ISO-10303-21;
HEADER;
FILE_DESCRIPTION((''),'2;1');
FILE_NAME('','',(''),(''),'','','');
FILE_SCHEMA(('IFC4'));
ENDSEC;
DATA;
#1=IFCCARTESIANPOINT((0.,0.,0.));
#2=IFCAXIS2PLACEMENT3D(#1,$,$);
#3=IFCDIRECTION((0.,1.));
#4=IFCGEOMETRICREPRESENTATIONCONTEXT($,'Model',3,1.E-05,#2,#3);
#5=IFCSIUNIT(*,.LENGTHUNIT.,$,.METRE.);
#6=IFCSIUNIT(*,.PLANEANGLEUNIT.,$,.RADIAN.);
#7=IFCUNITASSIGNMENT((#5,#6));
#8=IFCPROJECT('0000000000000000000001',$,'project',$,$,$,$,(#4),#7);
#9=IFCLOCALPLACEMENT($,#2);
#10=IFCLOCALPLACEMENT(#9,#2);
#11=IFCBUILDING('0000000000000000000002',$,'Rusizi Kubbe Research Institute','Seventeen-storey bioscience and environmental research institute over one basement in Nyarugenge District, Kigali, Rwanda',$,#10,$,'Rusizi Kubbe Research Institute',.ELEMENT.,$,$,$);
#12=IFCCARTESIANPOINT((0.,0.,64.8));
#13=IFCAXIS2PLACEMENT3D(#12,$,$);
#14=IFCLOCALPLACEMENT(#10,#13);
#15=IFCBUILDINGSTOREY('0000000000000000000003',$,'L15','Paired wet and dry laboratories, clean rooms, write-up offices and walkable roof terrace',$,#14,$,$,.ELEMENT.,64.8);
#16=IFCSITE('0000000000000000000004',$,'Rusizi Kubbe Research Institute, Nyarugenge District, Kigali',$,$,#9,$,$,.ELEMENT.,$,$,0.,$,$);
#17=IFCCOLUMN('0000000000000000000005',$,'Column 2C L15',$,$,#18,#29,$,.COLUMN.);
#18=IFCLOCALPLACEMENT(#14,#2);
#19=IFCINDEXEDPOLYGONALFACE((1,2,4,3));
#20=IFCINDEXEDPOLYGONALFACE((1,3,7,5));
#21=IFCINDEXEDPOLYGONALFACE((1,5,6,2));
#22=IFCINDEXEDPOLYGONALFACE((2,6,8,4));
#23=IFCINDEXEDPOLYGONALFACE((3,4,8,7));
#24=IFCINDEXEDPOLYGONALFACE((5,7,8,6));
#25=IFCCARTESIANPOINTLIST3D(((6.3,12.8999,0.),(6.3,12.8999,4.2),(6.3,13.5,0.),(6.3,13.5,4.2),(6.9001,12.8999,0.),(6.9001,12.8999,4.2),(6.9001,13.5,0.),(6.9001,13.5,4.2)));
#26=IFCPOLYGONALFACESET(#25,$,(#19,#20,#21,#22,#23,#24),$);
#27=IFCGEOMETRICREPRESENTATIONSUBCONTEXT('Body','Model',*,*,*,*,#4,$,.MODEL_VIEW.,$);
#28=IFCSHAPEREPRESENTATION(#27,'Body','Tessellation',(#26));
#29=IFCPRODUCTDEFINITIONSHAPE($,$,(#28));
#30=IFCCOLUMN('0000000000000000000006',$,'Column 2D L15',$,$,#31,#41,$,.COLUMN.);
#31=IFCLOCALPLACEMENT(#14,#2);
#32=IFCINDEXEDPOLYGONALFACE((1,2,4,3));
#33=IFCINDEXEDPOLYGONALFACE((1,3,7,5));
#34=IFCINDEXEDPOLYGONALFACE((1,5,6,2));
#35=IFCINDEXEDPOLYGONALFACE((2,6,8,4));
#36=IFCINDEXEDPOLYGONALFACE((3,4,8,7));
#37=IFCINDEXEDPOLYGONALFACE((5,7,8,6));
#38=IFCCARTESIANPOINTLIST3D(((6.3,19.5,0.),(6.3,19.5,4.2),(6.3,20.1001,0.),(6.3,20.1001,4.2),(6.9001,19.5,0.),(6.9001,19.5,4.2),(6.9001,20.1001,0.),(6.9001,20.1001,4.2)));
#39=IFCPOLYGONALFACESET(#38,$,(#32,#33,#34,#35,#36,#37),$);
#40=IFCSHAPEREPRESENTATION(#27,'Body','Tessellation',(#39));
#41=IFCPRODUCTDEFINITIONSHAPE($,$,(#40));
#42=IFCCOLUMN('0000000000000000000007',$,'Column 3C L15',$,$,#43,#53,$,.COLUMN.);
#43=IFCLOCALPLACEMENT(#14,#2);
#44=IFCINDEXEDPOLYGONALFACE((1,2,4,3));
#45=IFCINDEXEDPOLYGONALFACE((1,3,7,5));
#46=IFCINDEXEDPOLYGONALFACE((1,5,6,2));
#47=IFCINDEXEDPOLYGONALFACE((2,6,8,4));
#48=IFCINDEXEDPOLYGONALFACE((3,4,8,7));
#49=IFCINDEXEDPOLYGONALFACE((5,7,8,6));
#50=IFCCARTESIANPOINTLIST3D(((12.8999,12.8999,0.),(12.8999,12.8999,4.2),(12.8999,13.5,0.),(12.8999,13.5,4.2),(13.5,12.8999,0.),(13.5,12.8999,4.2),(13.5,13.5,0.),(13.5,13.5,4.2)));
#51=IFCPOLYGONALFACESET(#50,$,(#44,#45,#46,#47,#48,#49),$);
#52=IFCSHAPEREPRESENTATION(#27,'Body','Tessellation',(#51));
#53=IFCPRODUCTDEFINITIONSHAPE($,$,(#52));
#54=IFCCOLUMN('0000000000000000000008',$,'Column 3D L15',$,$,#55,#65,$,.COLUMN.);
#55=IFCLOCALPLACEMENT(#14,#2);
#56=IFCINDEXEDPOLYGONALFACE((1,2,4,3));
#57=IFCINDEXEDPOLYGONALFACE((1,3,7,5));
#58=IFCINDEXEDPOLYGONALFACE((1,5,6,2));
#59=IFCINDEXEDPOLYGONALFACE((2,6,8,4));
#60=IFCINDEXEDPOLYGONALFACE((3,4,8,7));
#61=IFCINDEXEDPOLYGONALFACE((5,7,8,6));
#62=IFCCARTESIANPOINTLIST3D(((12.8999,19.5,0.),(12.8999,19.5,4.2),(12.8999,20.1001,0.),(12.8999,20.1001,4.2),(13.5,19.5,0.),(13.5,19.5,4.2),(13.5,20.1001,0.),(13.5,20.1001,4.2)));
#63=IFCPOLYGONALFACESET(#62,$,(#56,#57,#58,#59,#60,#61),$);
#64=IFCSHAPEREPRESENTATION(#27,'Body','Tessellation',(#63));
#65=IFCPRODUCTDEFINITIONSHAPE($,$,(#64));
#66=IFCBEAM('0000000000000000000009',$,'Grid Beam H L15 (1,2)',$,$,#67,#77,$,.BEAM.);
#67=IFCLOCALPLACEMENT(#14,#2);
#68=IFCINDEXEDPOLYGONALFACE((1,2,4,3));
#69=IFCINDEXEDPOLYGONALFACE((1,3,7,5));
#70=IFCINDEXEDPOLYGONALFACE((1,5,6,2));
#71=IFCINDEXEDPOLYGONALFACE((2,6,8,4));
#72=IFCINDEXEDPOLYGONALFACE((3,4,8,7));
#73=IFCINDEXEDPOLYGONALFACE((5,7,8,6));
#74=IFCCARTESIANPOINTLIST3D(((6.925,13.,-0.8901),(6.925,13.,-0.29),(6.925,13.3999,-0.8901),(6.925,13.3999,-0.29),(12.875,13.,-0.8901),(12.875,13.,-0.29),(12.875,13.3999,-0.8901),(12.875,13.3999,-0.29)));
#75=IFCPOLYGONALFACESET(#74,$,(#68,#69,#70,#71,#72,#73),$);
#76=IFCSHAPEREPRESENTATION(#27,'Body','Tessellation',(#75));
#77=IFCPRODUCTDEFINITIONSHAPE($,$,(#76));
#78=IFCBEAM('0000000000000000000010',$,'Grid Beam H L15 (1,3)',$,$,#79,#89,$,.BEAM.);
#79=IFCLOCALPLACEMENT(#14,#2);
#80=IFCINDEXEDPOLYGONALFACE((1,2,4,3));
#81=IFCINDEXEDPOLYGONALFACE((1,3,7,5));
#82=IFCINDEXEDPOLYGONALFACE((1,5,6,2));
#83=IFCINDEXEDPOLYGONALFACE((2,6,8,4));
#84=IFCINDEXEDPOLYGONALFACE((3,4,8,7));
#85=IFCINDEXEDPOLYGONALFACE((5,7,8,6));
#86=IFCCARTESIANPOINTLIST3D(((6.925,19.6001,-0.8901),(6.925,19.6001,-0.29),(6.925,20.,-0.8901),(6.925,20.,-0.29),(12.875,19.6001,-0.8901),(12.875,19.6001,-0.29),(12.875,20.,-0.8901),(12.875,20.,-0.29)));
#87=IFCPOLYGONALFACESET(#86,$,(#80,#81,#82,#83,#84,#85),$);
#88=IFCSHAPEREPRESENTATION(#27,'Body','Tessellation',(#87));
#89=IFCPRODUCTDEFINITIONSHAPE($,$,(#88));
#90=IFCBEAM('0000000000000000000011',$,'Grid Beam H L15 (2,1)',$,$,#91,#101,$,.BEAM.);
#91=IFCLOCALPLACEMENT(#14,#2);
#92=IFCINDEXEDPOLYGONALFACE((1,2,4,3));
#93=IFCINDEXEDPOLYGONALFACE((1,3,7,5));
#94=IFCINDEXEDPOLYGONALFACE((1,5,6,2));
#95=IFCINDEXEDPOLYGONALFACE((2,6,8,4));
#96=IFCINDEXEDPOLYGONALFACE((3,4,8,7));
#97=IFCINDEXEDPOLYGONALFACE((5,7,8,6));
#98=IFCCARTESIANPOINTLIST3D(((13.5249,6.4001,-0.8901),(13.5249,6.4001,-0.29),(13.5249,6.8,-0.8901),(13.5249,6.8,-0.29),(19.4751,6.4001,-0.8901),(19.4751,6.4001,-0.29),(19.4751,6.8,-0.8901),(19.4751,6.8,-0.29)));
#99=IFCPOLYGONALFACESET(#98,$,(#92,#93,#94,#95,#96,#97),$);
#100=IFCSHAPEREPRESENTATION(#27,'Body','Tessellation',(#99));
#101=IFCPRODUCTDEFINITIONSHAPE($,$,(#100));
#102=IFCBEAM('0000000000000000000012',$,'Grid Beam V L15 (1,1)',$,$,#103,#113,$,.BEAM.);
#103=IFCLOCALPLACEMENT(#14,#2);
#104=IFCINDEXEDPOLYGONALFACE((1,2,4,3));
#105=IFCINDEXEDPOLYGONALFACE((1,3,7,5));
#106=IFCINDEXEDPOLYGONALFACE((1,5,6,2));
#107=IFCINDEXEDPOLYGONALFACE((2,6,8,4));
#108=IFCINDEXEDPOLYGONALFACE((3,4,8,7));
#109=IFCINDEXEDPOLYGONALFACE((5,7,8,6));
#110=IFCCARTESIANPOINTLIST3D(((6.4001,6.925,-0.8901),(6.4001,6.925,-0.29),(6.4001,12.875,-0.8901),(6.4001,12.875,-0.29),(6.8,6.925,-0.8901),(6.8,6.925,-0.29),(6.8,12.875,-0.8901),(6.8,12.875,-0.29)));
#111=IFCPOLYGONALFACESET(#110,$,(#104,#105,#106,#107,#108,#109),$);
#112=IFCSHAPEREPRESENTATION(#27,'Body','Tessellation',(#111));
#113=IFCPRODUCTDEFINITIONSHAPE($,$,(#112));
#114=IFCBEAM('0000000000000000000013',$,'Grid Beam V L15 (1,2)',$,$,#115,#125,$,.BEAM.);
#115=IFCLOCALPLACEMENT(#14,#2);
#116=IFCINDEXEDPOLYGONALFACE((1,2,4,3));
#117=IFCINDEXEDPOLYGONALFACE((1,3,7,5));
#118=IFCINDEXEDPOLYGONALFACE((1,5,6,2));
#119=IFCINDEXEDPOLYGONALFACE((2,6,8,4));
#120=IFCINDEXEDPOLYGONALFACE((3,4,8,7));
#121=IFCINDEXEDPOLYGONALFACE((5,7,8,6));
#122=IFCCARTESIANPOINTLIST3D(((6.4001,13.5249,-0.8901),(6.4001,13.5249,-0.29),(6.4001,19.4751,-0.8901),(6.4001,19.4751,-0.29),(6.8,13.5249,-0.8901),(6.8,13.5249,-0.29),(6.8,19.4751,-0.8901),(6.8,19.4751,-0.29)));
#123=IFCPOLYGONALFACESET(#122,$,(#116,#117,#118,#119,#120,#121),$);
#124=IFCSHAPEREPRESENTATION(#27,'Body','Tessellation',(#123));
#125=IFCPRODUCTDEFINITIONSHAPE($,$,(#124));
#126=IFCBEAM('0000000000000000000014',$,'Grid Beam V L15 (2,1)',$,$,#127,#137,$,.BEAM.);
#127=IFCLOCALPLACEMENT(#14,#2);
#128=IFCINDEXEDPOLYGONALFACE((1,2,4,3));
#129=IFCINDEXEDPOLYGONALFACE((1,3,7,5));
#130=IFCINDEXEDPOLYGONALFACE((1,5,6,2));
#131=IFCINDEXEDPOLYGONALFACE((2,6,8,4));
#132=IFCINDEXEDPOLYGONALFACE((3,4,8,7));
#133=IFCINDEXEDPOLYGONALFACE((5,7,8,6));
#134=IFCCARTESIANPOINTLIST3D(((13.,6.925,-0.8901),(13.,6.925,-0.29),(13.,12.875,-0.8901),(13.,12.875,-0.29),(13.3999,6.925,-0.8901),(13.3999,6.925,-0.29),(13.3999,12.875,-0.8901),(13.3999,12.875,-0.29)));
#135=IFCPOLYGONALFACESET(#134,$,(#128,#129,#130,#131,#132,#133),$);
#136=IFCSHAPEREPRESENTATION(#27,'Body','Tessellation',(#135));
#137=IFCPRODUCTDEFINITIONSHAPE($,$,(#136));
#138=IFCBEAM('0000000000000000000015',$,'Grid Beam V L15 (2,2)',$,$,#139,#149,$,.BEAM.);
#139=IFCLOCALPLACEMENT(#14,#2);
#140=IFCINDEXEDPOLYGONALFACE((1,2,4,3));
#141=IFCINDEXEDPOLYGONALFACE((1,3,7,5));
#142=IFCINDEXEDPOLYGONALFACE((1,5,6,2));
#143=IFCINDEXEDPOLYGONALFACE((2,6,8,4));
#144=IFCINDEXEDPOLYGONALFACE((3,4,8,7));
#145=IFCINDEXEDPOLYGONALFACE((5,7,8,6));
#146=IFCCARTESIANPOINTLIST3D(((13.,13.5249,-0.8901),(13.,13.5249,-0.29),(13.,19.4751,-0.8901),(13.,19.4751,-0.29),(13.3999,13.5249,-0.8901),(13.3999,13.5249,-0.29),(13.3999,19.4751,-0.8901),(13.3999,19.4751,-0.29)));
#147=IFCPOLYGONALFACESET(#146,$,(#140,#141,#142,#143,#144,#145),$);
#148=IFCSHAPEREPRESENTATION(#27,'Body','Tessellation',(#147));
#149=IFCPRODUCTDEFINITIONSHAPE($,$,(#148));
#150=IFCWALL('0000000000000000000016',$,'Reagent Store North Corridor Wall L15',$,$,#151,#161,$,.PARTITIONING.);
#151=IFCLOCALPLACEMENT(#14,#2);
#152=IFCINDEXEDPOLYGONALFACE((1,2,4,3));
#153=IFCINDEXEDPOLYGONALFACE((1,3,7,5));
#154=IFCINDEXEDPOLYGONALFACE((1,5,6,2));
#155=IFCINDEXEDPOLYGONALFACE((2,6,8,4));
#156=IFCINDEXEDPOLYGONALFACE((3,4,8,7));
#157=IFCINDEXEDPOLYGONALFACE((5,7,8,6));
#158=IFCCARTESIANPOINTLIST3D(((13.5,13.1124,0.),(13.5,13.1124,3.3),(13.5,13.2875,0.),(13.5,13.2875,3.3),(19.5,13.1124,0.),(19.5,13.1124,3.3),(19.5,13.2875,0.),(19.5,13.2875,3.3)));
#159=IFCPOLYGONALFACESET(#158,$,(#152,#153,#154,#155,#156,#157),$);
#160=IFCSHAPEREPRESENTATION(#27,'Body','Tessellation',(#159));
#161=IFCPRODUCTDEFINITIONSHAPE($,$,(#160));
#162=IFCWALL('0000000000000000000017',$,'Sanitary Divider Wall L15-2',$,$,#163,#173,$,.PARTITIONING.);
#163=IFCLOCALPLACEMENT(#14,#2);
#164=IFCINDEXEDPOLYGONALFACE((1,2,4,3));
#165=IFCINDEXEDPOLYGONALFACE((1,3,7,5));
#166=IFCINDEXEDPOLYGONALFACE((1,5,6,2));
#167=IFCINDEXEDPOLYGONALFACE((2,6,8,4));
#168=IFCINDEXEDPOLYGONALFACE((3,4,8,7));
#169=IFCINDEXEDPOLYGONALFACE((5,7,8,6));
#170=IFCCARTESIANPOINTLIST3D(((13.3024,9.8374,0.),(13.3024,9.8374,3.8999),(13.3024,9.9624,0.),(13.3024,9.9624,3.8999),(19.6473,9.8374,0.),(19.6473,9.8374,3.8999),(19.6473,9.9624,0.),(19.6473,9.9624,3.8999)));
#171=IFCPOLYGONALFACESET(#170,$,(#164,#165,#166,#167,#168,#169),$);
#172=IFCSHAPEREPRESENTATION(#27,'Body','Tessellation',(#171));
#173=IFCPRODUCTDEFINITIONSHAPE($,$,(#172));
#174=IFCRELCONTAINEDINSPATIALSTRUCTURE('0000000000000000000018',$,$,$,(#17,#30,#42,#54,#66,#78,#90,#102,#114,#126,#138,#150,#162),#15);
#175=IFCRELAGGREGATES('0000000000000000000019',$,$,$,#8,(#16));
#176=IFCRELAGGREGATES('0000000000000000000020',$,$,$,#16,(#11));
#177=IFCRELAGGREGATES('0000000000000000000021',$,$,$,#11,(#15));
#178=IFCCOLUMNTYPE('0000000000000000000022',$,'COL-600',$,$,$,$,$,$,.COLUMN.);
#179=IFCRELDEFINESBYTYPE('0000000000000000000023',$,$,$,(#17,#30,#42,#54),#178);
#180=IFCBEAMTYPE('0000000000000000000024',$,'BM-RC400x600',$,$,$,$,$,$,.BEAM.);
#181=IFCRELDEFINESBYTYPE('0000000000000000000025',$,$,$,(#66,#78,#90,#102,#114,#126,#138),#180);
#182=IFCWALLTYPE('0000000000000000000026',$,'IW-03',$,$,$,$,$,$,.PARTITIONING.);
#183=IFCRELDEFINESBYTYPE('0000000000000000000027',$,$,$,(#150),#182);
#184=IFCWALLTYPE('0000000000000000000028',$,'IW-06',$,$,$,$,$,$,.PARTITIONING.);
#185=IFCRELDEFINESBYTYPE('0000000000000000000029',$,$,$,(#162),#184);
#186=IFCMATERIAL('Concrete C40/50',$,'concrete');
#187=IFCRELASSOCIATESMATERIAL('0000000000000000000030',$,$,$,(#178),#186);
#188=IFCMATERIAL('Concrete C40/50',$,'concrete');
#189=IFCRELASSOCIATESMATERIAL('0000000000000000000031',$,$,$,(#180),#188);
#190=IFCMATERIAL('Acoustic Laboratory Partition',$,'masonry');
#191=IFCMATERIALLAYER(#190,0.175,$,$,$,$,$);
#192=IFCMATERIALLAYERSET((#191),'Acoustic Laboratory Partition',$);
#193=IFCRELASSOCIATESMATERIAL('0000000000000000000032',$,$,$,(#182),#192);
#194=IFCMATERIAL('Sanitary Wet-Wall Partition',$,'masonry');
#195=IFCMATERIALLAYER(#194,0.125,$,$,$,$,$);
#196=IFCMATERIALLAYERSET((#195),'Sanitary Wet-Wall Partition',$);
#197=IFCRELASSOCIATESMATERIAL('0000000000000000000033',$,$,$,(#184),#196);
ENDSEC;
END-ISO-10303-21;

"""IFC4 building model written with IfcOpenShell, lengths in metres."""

from ifc_helpers import new_model, si_unit, direction, frame, frame_2d, origin, origin_2d, place, context, subcontext, project, spatial, rectangle, extrude, material, layer, layer_set, material_profile, profile_set, type_object, element, save


model = new_model("IFC4")

# Units and contexts
model_context = context("Model", 3, precision=1e-05, world=origin(), true_north=direction((0.0, 1.0)))
body_context = subcontext(model_context, "Body", "Model", "MODEL_VIEW")
ifc_project = project(units=[si_unit("LENGTHUNIT", "METRE"), si_unit("PLANEANGLEUNIT", "RADIAN")], contexts=[model_context])

# Site, building, storey
site_placement = place(None, origin())
site = spatial("IfcSite", under=ifc_project, at=site_placement, Name="Rusizi Kubbe Research Institute, Nyarugenge District, Kigali", CompositionType="ELEMENT", RefElevation=0.0)
building_placement = place(site_placement, origin())
building = spatial("IfcBuilding", under=site, at=building_placement, Name="Rusizi Kubbe Research Institute", Description="Seventeen-storey bioscience and environmental research institute over one basement in Nyarugenge District, Kigali, Rwanda", LongName="Rusizi Kubbe Research Institute", CompositionType="ELEMENT")
storey_placement = place(building_placement, frame((0.0, 0.0, 64.8)))
storey = spatial("IfcBuildingStorey", under=building, at=storey_placement, Name="L15", Description="Paired wet and dry laboratories, clean rooms, write-up offices and walkable roof terrace", CompositionType="ELEMENT", Elevation=64.8)

# Columns
ifc_material_1 = material(Name="Concrete C40/50", Category="concrete")
ifc_material_profile_1 = material_profile(ifc_material_1, rectangle(XDim=0.6001, YDim=0.6001, at=origin_2d()), Name="RC600x600")
ifc_profile_set_1 = profile_set([ifc_material_profile_1], Name="Concrete C40/50")
column_type = type_object("IfcColumnType", Name="COL-600", PredefinedType="COLUMN", material=ifc_profile_set_1)
for number, where, z_axis, x_axis, name in (
    (1, (6.6001, 13.2, 0.0), (0.0, 0.0, 1.0), (1.0, 0.0, 0.0), "Column 2C L15"),
    (2, (6.6001, 19.8, 0.0), (0.0, 0.0, 1.0), (1.0, 0.0, 0.0), "Column 2D L15"),
    (3, (13.2, 13.2, 0.0), (0.0, 0.0, 1.0), (1.0, 0.0, 0.0), "Column 3C L15"),
    (4, (13.2, 19.8, 0.0), (0.0, 0.0, 1.0), (1.0, 0.0, 0.0), "Column 3D L15"),
):
    element("IfcColumn", number, at=place(storey_placement, frame(where, z_axis=z_axis, x_axis=x_axis)), inside=storey, type_object=column_type, Name=name, PredefinedType="COLUMN", context=body_context, shape_type="SweptSolid", body=[
        extrude(rectangle(XDim=0.6001, YDim=0.6001, at=origin_2d()), origin(), (0.0, 0.0, 1.0), 4.2),
    ])

# Beams
ifc_material_2 = material(Name="Concrete C40/50", Category="concrete")
ifc_material_profile_2 = material_profile(ifc_material_2, rectangle(XDim=0.3999, YDim=0.6001, at=origin_2d()), Name="RC400x600")
ifc_profile_set_2 = profile_set([ifc_material_profile_2], Name="Concrete C40/50")
beam_type = type_object("IfcBeamType", Name="BM-RC400x600", PredefinedType="BEAM", material=ifc_profile_set_2)
for number, where, z_axis, x_axis, name in (
    (5, (6.925, 13.2, -0.5901), (1.0, 0.0, 0.0), (0.0, 1.0, 0.0), "Grid Beam H L15 (1,2)"),
    (6, (6.925, 19.8, -0.5901), (1.0, 0.0, 0.0), (0.0, 1.0, 0.0), "Grid Beam H L15 (1,3)"),
):
    element("IfcBeam", number, at=place(storey_placement, frame(where, z_axis=z_axis, x_axis=x_axis)), inside=storey, type_object=beam_type, Name=name, PredefinedType="BEAM", context=body_context, shape_type="SweptSolid", body=[
        extrude(rectangle(XDim=0.3999, YDim=0.6001, at=origin_2d()), origin(), (0.0, 0.0, 1.0), 5.95),
    ])
beam_1_placement = place(storey_placement, frame((13.5249, 6.6001, -0.5901), z_axis=(1.0, 0.0, 0.0), x_axis=(0.0, 1.0, 0.0)))
element("IfcBeam", 7, at=beam_1_placement, inside=storey, type_object=beam_type, Name="Grid Beam H L15 (2,1)", PredefinedType="BEAM", context=body_context, shape_type="SweptSolid", body=[
    extrude(rectangle(XDim=0.3999, YDim=0.6001, at=origin_2d()), origin(), (0.0, 0.0, 1.0), 5.9502),
])
beam_2_placement = place(storey_placement, frame((6.6001, 6.925, -0.5901), z_axis=(0.0, 1.0, 0.0), x_axis=(-1.0, 0.0, 0.0)))
element("IfcBeam", 8, at=beam_2_placement, inside=storey, type_object=beam_type, Name="Grid Beam V L15 (1,1)", PredefinedType="BEAM", context=body_context, shape_type="SweptSolid", body=[
    extrude(rectangle(XDim=0.3999, YDim=0.6001, at=origin_2d()), origin(), (0.0, 0.0, 1.0), 5.95),
])
beam_3_placement = place(storey_placement, frame((6.6001, 13.5249, -0.5901), z_axis=(0.0, 1.0, 0.0), x_axis=(-1.0, 0.0, 0.0)))
element("IfcBeam", 9, at=beam_3_placement, inside=storey, type_object=beam_type, Name="Grid Beam V L15 (1,2)", PredefinedType="BEAM", context=body_context, shape_type="SweptSolid", body=[
    extrude(rectangle(XDim=0.3999, YDim=0.6001, at=origin_2d()), origin(), (0.0, 0.0, 1.0), 5.9502),
])
beam_4_placement = place(storey_placement, frame((13.2, 6.925, -0.5901), z_axis=(0.0, 1.0, 0.0), x_axis=(-1.0, 0.0, 0.0)))
element("IfcBeam", 10, at=beam_4_placement, inside=storey, type_object=beam_type, Name="Grid Beam V L15 (2,1)", PredefinedType="BEAM", context=body_context, shape_type="SweptSolid", body=[
    extrude(rectangle(XDim=0.3999, YDim=0.6001, at=origin_2d()), origin(), (0.0, 0.0, 1.0), 5.95),
])
beam_5_placement = place(storey_placement, frame((13.2, 13.5249, -0.5901), z_axis=(0.0, 1.0, 0.0), x_axis=(-1.0, 0.0, 0.0)))
element("IfcBeam", 11, at=beam_5_placement, inside=storey, type_object=beam_type, Name="Grid Beam V L15 (2,2)", PredefinedType="BEAM", context=body_context, shape_type="SweptSolid", body=[
    extrude(rectangle(XDim=0.3999, YDim=0.6001, at=origin_2d()), origin(), (0.0, 0.0, 1.0), 5.9502),
])

# Walls
ifc_material_3 = material(Name="Acoustic Laboratory Partition", Category="masonry")
ifc_layer_1 = layer(ifc_material_3, 0.175)
ifc_layer_set_1 = layer_set([ifc_layer_1], Name="Acoustic Laboratory Partition")
wall_type_1 = type_object("IfcWallType", Name="IW-03", PredefinedType="PARTITIONING", material=ifc_layer_set_1)
wall_1_placement = place(storey_placement, frame((13.5, 13.2, 0.0), z_axis=(0.0, 0.0, 1.0), x_axis=(1.0, 0.0, 0.0)))
element("IfcWall", 12, at=wall_1_placement, inside=storey, type_object=wall_type_1, Name="Reagent Store North Corridor Wall L15", PredefinedType="PARTITIONING", context=body_context, shape_type="SweptSolid", body=[
    extrude(rectangle(XDim=6.0, YDim=0.175, at=frame_2d((3.0, 0.0))), origin(), (0.0, 0.0, 1.0), 3.3),
])
ifc_material_4 = material(Name="Sanitary Wet-Wall Partition", Category="masonry")
ifc_layer_2 = layer(ifc_material_4, 0.125)
ifc_layer_set_2 = layer_set([ifc_layer_2], Name="Sanitary Wet-Wall Partition")
wall_type_2 = type_object("IfcWallType", Name="IW-06", PredefinedType="PARTITIONING", material=ifc_layer_set_2)
wall_2_placement = place(storey_placement, frame((13.3025, 9.8999, 0.0), z_axis=(0.0, 0.0, 1.0), x_axis=(1.0, 0.0, 0.0)))
element("IfcWall", 13, at=wall_2_placement, inside=storey, type_object=wall_type_2, Name="Sanitary Divider Wall L15-2", PredefinedType="PARTITIONING", context=body_context, shape_type="SweptSolid", body=[
    extrude(rectangle(XDim=6.345, YDim=0.125, at=frame_2d((3.1724, 0.0))), origin(), (0.0, 0.0, 1.0), 3.8999),
])

save(model, "model.ifc")
